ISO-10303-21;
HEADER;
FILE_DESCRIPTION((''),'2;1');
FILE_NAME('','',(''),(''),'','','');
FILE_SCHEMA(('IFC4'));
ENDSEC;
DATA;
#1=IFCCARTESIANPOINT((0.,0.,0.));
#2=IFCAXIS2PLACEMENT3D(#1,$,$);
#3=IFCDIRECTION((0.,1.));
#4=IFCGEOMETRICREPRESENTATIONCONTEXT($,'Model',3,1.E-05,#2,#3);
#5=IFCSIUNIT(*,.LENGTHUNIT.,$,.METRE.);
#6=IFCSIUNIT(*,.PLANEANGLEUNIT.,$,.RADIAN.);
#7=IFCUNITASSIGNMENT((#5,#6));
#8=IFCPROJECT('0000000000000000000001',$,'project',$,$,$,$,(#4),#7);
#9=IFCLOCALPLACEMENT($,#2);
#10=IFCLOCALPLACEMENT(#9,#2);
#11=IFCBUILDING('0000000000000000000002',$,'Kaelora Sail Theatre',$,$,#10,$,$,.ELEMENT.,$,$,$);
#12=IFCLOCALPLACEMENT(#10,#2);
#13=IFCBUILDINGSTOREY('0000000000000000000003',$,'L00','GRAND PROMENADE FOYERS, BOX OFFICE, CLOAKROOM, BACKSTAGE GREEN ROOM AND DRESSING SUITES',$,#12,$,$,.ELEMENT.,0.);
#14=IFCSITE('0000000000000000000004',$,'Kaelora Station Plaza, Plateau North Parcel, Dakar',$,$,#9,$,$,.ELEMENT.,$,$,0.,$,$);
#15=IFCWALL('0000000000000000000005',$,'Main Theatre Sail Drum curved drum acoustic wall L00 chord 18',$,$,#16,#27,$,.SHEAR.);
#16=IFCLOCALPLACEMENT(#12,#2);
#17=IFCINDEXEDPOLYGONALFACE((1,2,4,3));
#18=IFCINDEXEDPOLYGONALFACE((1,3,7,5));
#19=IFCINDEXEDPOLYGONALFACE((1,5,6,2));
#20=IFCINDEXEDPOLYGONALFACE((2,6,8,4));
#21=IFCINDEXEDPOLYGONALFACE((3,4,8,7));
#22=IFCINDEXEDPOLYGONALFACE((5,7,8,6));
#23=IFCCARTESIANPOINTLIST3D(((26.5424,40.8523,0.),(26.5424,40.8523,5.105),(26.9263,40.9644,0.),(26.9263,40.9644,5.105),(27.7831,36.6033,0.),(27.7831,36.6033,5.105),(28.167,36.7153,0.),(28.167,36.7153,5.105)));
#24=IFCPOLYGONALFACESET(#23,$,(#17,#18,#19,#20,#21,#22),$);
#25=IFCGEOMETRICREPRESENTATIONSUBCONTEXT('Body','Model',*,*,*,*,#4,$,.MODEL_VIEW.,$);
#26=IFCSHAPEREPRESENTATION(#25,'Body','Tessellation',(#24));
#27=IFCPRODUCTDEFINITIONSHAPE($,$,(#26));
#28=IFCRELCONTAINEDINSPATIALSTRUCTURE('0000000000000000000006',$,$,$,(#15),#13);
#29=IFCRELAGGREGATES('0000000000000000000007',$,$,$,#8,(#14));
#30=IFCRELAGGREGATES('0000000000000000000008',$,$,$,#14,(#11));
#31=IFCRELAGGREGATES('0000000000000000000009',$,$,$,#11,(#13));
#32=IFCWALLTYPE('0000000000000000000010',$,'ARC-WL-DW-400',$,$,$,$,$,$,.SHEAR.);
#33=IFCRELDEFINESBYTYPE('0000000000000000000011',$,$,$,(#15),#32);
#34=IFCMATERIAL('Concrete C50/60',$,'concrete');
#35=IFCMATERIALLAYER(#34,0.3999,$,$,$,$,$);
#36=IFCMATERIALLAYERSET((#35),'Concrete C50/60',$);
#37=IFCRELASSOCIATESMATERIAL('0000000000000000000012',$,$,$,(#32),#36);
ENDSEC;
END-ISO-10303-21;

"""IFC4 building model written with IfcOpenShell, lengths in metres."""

from ifc_helpers import new_model, si_unit, direction, frame, frame_2d, origin, place, context, subcontext, project, spatial, rectangle, extrude, material, layer, layer_set, type_object, element, save


model = new_model("IFC4")

# Units and contexts
model_context = context("Model", 3, precision=1e-05, world=origin(), true_north=direction((0.0, 1.0)))
body_context = subcontext(model_context, "Body", "Model", "MODEL_VIEW")
ifc_project = project(units=[si_unit("LENGTHUNIT", "METRE"), si_unit("PLANEANGLEUNIT", "RADIAN")], contexts=[model_context])

# Site, building, storey
site_placement = place(None, origin())
site = spatial("IfcSite", under=ifc_project, at=site_placement, Name="Kaelora Station Plaza, Plateau North Parcel, Dakar", CompositionType="ELEMENT", RefElevation=0.0)
building_placement = place(site_placement, origin())
building = spatial("IfcBuilding", under=site, at=building_placement, Name="Kaelora Sail Theatre", CompositionType="ELEMENT")
storey_placement = place(building_placement, origin())
storey = spatial("IfcBuildingStorey", under=building, at=storey_placement, Name="L00", Description="GRAND PROMENADE FOYERS, BOX OFFICE, CLOAKROOM, BACKSTAGE GREEN ROOM AND DRESSING SUITES", CompositionType="ELEMENT", Elevation=0.0)

# Wall
ifc_material_1 = material(Name="Concrete C50/60", Category="concrete")
ifc_layer = layer(ifc_material_1, 0.3999)
ifc_layer_set = layer_set([ifc_layer], Name="Concrete C50/60")
wall_type = type_object("IfcWallType", Name="ARC-WL-DW-400", PredefinedType="SHEAR", material=ifc_layer_set)
wall_placement = place(storey_placement, frame((27.9751, 36.6592, 0.0), z_axis=(0.0, 0.0, 1.0), x_axis=(-0.280296, 0.959913, 0.0)))
element("IfcWall", 1, at=wall_placement, inside=storey, type_object=wall_type, Name="Main Theatre Sail Drum curved drum acoustic wall L00 chord 18", PredefinedType="SHEAR", context=body_context, shape_type="SweptSolid", body=[
    extrude(rectangle(XDim=4.4265, YDim=0.3999, at=frame_2d((2.2134, 0.0))), origin(), (0.0, 0.0, 1.0), 5.105),
])

save(model, "model.ifc")
